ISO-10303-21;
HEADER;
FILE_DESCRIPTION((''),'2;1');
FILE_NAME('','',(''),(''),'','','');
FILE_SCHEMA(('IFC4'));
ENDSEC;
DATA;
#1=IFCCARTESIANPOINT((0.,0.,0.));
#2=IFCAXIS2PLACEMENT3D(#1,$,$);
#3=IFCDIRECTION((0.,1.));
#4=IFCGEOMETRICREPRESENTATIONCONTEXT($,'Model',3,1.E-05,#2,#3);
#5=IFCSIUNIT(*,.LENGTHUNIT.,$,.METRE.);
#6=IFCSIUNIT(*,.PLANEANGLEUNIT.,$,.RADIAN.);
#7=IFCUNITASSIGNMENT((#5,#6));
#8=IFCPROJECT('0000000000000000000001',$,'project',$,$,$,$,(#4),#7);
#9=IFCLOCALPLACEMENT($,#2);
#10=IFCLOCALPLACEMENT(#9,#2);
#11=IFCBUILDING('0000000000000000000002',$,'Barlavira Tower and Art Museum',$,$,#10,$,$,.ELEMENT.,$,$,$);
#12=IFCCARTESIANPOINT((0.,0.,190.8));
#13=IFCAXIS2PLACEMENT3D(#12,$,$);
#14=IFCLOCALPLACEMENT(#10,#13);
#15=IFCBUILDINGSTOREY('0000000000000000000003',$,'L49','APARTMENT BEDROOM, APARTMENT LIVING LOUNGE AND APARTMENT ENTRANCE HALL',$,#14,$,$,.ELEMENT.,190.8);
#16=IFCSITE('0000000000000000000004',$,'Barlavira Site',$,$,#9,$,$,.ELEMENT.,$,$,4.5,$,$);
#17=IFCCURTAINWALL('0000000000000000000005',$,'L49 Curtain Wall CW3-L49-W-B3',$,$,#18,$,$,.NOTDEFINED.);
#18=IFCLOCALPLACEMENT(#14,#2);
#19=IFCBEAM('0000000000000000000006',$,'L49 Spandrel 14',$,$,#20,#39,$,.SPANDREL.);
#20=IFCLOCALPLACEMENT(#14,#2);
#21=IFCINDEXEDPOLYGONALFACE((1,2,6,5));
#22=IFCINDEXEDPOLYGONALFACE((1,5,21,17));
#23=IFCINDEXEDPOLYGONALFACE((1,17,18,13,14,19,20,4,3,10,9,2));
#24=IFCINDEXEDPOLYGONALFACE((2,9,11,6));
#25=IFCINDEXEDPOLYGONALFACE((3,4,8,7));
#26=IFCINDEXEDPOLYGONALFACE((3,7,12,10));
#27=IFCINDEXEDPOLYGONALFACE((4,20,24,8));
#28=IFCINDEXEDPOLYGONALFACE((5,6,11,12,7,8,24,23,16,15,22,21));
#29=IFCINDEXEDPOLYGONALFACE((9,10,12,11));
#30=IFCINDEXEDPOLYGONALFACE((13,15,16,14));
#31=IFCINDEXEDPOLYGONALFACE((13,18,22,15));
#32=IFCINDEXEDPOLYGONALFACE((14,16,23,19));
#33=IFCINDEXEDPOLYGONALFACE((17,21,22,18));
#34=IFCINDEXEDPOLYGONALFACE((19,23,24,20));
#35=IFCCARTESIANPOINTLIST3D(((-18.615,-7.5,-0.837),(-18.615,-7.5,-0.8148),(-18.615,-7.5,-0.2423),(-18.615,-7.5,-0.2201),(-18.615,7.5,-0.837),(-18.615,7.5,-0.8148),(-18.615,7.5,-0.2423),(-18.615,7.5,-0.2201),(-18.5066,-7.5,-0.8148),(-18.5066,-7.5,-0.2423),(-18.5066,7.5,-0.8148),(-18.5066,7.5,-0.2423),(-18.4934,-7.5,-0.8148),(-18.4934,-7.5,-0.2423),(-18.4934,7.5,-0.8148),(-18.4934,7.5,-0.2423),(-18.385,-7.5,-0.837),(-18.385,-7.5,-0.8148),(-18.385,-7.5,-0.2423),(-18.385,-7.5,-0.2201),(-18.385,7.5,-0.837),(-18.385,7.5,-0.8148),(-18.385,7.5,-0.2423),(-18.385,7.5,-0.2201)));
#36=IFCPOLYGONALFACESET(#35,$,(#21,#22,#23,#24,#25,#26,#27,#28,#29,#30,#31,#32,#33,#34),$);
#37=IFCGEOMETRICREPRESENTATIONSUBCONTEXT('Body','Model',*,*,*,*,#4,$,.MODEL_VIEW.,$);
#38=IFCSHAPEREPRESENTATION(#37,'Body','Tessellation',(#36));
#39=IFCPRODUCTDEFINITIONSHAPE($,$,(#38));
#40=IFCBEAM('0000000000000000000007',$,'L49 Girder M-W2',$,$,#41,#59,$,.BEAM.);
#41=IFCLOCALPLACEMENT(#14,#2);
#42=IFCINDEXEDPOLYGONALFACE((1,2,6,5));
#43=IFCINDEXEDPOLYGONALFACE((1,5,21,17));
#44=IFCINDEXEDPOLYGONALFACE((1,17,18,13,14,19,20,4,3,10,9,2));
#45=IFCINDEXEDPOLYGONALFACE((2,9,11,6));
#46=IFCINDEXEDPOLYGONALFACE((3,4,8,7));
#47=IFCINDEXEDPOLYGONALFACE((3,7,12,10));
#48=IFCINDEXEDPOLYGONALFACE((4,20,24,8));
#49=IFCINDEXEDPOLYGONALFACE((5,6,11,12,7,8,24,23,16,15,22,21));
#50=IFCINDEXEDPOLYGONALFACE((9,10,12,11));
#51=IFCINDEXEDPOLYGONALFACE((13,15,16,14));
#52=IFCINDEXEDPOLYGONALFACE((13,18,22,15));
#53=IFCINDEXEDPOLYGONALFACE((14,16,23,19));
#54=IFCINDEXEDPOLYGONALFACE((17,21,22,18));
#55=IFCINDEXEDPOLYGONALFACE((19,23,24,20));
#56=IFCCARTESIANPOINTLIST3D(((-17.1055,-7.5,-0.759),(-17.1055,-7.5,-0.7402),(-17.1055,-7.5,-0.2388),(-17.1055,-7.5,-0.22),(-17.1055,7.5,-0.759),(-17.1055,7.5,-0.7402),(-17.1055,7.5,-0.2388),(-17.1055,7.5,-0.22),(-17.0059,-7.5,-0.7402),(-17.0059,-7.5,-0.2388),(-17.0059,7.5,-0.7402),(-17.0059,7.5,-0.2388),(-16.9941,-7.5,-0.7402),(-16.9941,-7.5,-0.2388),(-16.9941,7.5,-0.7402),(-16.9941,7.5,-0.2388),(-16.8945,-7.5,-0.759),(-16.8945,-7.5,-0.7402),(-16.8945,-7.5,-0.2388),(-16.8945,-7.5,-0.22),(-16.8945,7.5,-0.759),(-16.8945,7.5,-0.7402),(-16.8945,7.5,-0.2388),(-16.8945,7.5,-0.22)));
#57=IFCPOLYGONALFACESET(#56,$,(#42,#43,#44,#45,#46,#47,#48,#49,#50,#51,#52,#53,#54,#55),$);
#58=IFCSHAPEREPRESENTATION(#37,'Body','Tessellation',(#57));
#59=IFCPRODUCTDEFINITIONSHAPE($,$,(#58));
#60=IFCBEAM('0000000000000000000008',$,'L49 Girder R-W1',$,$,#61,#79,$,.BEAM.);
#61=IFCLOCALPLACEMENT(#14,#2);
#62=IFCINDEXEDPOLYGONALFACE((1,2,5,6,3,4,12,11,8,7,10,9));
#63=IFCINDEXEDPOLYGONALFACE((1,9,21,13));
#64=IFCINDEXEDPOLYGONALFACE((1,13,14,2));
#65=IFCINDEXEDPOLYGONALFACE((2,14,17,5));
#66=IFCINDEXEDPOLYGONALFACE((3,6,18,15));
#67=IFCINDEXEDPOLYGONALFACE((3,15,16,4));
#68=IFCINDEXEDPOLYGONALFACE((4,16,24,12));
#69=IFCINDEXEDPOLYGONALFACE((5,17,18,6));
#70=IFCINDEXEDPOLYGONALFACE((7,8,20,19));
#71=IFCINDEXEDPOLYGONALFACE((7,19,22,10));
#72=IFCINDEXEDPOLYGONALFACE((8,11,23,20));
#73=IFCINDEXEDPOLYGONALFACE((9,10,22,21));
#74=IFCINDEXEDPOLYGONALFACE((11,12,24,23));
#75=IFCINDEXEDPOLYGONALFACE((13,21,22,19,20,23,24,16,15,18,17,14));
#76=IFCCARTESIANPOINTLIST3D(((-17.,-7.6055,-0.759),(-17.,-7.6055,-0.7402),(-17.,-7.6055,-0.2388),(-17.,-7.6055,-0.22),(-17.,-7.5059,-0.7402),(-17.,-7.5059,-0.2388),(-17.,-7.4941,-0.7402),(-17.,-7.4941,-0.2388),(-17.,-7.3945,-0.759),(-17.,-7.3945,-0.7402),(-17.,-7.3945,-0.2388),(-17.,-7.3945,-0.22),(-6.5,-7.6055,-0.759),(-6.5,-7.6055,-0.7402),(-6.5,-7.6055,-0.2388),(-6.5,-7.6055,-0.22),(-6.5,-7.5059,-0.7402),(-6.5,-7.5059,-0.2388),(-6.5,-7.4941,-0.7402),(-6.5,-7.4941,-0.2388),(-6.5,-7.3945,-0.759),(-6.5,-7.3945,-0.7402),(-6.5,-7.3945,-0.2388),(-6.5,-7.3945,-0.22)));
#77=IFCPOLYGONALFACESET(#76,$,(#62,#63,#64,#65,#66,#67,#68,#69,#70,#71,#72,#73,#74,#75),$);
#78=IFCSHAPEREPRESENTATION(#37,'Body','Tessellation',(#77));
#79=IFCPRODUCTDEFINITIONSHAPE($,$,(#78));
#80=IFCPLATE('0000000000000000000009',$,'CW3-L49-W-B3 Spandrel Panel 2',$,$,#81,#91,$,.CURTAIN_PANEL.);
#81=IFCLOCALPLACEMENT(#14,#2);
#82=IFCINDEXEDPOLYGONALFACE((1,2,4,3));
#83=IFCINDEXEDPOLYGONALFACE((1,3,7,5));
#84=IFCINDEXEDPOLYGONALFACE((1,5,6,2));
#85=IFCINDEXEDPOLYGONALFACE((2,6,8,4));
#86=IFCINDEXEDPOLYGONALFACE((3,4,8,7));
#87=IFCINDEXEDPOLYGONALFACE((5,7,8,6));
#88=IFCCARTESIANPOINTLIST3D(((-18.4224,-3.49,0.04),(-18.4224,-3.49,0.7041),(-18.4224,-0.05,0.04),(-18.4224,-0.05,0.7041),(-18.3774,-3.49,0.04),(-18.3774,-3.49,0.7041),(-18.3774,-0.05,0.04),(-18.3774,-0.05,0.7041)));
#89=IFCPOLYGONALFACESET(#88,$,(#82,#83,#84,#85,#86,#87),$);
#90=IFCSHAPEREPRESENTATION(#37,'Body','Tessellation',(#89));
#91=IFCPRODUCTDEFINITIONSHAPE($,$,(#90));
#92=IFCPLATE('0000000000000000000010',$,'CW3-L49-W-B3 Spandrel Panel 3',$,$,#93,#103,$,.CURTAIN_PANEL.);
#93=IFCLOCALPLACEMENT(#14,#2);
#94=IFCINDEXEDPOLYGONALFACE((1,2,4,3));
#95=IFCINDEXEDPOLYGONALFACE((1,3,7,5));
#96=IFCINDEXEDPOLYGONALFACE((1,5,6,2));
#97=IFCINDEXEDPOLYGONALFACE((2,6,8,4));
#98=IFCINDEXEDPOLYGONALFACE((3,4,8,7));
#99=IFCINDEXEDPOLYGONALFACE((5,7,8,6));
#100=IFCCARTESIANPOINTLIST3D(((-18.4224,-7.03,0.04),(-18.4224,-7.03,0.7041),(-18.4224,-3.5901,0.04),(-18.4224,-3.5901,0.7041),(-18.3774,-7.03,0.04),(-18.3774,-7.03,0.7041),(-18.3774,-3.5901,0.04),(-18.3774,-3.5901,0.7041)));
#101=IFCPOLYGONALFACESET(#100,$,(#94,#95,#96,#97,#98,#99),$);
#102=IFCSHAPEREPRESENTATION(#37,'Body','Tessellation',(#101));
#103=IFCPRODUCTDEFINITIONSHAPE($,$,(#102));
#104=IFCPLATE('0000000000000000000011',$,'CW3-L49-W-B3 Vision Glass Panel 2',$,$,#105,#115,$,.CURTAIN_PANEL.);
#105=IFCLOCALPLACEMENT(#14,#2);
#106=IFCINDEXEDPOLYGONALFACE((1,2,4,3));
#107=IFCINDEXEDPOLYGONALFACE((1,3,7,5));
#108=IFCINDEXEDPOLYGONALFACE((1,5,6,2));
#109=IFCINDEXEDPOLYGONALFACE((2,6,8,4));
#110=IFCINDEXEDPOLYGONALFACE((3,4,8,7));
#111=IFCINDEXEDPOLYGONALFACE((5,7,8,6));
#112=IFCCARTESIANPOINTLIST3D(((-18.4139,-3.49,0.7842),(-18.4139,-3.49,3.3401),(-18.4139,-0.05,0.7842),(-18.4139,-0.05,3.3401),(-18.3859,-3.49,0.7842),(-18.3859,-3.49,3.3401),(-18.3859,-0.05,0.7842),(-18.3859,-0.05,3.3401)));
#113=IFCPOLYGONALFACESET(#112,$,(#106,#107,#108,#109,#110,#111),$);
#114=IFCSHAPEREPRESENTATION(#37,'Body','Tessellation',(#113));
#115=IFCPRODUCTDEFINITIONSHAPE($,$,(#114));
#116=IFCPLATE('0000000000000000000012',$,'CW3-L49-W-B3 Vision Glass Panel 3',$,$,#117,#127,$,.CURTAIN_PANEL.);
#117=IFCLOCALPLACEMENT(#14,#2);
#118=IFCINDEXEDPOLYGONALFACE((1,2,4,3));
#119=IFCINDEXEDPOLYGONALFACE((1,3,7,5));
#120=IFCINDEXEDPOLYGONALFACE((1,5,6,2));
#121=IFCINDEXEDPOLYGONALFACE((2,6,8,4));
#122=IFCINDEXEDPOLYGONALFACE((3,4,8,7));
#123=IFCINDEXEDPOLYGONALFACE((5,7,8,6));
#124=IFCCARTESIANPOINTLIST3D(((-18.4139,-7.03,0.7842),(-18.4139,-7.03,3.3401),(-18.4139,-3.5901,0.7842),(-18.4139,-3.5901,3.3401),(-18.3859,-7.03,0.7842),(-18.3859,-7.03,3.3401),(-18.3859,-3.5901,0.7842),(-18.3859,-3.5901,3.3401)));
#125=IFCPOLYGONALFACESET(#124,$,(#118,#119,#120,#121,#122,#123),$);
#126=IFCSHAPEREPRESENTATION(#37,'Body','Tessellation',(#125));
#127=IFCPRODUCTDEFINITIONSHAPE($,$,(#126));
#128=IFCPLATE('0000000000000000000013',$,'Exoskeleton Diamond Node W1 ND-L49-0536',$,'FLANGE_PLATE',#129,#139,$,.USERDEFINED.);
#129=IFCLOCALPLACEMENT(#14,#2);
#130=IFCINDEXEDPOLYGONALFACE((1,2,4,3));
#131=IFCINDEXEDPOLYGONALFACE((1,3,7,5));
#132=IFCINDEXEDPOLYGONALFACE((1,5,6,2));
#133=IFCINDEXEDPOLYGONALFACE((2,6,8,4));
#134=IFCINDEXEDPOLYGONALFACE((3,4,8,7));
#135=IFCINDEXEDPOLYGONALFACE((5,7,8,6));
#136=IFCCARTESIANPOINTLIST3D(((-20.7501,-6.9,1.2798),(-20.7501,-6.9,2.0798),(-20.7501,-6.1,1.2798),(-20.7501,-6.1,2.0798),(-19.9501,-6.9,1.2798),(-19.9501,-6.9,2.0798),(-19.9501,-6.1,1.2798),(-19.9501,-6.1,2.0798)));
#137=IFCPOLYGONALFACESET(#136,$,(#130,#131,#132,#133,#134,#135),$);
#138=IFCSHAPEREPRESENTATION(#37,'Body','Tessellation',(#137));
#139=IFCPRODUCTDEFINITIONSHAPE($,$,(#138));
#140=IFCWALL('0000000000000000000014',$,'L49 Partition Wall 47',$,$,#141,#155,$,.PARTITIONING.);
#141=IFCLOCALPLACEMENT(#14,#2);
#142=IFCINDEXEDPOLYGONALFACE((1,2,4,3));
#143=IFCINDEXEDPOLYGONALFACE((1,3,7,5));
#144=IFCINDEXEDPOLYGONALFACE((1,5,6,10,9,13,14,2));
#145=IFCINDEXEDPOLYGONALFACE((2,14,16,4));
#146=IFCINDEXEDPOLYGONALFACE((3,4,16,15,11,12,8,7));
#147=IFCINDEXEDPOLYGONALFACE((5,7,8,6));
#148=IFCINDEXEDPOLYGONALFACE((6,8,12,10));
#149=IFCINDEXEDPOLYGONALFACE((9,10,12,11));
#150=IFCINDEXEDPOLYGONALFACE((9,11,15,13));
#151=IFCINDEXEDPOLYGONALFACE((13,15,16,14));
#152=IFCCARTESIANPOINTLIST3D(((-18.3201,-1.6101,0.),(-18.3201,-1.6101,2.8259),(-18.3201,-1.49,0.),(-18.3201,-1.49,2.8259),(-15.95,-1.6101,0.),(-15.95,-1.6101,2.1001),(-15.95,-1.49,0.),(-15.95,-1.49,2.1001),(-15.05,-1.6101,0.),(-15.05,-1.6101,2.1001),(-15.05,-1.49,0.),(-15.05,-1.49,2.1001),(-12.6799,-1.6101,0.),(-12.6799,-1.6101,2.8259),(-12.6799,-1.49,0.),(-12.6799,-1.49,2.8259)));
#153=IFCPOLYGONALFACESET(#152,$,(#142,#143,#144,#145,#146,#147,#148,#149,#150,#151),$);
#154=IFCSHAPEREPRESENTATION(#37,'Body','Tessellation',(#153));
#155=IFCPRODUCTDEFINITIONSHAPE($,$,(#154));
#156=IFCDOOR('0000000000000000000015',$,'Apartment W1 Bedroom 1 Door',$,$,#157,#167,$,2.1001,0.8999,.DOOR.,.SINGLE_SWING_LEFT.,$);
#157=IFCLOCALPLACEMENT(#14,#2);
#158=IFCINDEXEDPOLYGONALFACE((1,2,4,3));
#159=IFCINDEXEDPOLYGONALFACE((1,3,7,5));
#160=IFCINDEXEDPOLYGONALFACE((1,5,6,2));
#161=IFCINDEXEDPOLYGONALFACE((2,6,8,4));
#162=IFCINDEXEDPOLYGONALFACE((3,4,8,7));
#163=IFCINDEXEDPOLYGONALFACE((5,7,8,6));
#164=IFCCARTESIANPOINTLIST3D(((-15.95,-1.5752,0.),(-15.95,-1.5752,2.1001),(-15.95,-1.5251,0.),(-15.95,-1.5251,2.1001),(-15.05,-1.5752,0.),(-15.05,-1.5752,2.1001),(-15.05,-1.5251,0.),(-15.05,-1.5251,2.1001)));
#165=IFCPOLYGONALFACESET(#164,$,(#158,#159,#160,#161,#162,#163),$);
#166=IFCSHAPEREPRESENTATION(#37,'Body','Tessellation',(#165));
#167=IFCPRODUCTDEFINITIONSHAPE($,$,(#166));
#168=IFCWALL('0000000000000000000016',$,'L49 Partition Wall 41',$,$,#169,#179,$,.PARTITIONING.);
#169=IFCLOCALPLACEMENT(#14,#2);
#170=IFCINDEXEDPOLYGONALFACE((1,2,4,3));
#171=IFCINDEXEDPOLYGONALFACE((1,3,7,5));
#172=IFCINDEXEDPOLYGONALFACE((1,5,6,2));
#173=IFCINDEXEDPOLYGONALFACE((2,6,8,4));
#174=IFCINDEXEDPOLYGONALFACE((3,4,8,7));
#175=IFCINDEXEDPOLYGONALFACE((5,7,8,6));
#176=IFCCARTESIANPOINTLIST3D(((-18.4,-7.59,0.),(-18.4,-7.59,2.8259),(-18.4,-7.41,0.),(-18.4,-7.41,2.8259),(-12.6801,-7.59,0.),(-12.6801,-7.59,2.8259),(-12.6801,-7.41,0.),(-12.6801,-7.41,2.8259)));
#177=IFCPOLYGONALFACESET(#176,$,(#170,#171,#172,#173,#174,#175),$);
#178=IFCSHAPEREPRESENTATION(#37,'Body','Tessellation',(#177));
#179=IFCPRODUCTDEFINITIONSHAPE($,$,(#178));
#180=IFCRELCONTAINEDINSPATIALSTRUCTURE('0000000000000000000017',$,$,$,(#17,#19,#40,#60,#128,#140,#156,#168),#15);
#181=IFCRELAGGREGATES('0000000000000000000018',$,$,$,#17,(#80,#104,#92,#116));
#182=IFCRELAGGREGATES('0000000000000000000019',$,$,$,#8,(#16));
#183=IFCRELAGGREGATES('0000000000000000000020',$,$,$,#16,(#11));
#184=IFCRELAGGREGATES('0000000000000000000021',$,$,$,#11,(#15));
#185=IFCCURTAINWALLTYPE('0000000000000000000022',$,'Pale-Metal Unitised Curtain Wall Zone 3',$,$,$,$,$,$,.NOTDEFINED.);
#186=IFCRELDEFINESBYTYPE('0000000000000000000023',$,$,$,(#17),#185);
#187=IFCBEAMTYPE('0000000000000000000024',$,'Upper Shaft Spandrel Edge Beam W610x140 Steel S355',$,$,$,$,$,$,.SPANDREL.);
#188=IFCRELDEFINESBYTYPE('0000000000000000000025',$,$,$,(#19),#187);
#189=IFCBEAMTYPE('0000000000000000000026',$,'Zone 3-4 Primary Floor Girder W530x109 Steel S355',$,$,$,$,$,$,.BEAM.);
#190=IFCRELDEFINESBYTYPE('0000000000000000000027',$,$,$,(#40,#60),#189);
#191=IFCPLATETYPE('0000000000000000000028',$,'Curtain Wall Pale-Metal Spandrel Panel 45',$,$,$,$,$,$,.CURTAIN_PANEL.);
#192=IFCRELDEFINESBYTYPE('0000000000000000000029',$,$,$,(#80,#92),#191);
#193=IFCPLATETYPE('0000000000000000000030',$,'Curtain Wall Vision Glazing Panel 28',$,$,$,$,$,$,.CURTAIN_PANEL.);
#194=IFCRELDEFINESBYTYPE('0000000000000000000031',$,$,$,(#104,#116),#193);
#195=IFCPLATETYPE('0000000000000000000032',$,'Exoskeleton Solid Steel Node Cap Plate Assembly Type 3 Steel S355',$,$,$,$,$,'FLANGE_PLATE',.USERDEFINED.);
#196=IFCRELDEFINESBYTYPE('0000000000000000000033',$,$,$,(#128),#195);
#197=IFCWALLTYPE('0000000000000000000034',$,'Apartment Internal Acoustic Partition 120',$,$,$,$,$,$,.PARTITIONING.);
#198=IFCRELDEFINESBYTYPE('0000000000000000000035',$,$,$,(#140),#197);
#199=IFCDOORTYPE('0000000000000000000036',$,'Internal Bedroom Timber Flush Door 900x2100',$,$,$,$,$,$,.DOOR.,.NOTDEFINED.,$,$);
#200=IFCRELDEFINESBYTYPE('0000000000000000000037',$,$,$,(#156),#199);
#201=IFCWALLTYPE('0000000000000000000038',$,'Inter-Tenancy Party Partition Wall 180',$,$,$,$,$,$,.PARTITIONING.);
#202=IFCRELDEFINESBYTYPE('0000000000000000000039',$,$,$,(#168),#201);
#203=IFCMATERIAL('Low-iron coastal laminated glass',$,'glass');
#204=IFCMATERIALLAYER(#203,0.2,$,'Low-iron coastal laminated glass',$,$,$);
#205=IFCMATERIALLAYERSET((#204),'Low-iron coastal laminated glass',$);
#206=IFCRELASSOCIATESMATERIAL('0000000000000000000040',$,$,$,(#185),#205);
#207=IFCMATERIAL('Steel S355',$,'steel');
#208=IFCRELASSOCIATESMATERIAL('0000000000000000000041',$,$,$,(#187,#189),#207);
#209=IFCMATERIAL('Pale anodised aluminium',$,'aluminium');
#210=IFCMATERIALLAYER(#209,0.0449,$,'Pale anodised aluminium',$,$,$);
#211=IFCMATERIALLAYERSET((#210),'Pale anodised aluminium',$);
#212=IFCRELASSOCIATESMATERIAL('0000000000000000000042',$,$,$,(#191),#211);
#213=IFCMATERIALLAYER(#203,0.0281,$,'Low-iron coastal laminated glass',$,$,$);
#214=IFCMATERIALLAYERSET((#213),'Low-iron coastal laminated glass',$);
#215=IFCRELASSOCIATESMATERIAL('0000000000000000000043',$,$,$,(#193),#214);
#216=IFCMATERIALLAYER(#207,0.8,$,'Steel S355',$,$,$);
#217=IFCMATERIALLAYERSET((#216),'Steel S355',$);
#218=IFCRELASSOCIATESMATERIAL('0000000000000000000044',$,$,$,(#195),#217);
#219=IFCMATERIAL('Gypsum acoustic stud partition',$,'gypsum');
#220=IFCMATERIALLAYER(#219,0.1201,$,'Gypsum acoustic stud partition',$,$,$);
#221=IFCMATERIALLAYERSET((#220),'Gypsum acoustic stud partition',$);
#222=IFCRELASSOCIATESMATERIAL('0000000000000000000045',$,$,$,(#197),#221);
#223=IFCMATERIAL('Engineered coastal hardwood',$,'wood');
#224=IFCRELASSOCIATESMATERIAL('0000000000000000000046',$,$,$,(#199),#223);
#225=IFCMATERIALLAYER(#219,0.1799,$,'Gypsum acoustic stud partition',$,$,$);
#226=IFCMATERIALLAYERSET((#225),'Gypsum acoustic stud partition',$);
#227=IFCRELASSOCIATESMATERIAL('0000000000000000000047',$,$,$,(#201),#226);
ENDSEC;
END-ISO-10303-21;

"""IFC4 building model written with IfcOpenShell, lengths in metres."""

from ifc_helpers import new_model, si_unit, direction, frame, frame_2d, origin, origin_2d, place, context, subcontext, project, spatial, rectangle, i_section, extrude, material, layer, layer_set, material_profile, profile_set, type_object, element, fill, aggregate, save


model = new_model("IFC4")

# Units and contexts
model_context = context("Model", 3, precision=1e-05, world=origin(), true_north=direction((0.0, 1.0)))
body_context = subcontext(model_context, "Body", "Model", "MODEL_VIEW")
ifc_project = project(units=[si_unit("LENGTHUNIT", "METRE"), si_unit("PLANEANGLEUNIT", "RADIAN")], contexts=[model_context])

# Site, building, storey
site_placement = place(None, origin())
site = spatial("IfcSite", under=ifc_project, at=site_placement, Name="Barlavira Site", CompositionType="ELEMENT", RefElevation=4.5)
building_placement = place(site_placement, origin())
building = spatial("IfcBuilding", under=site, at=building_placement, Name="Barlavira Tower and Art Museum", CompositionType="ELEMENT")
storey_placement = place(building_placement, frame((0.0, 0.0, 190.8)))
storey = spatial("IfcBuildingStorey", under=building, at=storey_placement, Name="L49", Description="APARTMENT BEDROOM, APARTMENT LIVING LOUNGE AND APARTMENT ENTRANCE HALL", CompositionType="ELEMENT", Elevation=190.8)

# Curtain wall
ifc_material_1 = material(Name="Low-iron coastal laminated glass", Category="glass")
ifc_layer_1 = layer(ifc_material_1, 0.2, Name="Low-iron coastal laminated glass")
ifc_layer_set_1 = layer_set([ifc_layer_1], Name="Low-iron coastal laminated glass")
curtain_wall_type = type_object("IfcCurtainWallType", Name="Pale-Metal Unitised Curtain Wall Zone 3", PredefinedType="NOTDEFINED", material=ifc_layer_set_1)
curtain_wall_placement = place(storey_placement, origin())
curtain_wall = element("IfcCurtainWall", 1, at=curtain_wall_placement, inside=storey, type_object=curtain_wall_type, Name="L49 Curtain Wall CW3-L49-W-B3", PredefinedType="NOTDEFINED")
ifc_material_2 = material(Name="Pale anodised aluminium", Category="aluminium")

# Beams
ifc_material_3 = material(Name="Steel S355", Category="steel")
ifc_material_profile_1 = material_profile(ifc_material_3, i_section(OverallWidth=0.23, OverallDepth=0.6169, WebThickness=0.0132, FlangeThickness=0.0222, at=origin_2d()), Name="W610x140.0")
ifc_profile_set_1 = profile_set([ifc_material_profile_1], Name="Steel S355")
beam_type_1 = type_object("IfcBeamType", Name="Upper Shaft Spandrel Edge Beam W610x140 Steel S355", PredefinedType="SPANDREL", material=ifc_profile_set_1)
beam_1_placement = place(storey_placement, frame((-18.5, -7.5, -0.5286), z_axis=(0.0, 1.0, 0.0), x_axis=(-1.0, 0.0, 0.0)))
element("IfcBeam", 2, at=beam_1_placement, inside=storey, type_object=beam_type_1, Name="L49 Spandrel 14", PredefinedType="SPANDREL", context=body_context, shape_type="SweptSolid", body=[
    extrude(i_section(OverallWidth=0.23, OverallDepth=0.6169, WebThickness=0.0132, FlangeThickness=0.0222, at=origin_2d()), origin(), (0.0, 0.0, 1.0), 15.0),
])
ifc_material_profile_2 = material_profile(ifc_material_3, i_section(OverallWidth=0.2109, OverallDepth=0.5391, WebThickness=0.0117, FlangeThickness=0.0188, at=origin_2d()), Name="W530x109.0")
ifc_profile_set_2 = profile_set([ifc_material_profile_2], Name="Steel S355")
beam_type_2 = type_object("IfcBeamType", Name="Zone 3-4 Primary Floor Girder W530x109 Steel S355", PredefinedType="BEAM", material=ifc_profile_set_2)
beam_2_placement = place(storey_placement, frame((-17.0, -7.5, -0.4895), z_axis=(0.0, 1.0, 0.0), x_axis=(-1.0, 0.0, 0.0)))
element("IfcBeam", 3, at=beam_2_placement, inside=storey, type_object=beam_type_2, Name="L49 Girder M-W2", PredefinedType="BEAM", context=body_context, shape_type="SweptSolid", body=[
    extrude(i_section(OverallWidth=0.2109, OverallDepth=0.5391, WebThickness=0.0117, FlangeThickness=0.0188, at=origin_2d()), origin(), (0.0, 0.0, 1.0), 15.0),
])
beam_3_placement = place(storey_placement, frame((-17.0, -7.5, -0.4895), z_axis=(1.0, 0.0, 0.0), x_axis=(0.0, 1.0, 0.0)))
element("IfcBeam", 4, at=beam_3_placement, inside=storey, type_object=beam_type_2, Name="L49 Girder R-W1", PredefinedType="BEAM", context=body_context, shape_type="SweptSolid", body=[
    extrude(i_section(OverallWidth=0.2109, OverallDepth=0.5391, WebThickness=0.0117, FlangeThickness=0.0188, at=origin_2d()), origin(), (0.0, 0.0, 1.0), 10.5),
])

# Plates
ifc_layer_2 = layer(ifc_material_2, 0.0449, Name="Pale anodised aluminium")
ifc_layer_set_2 = layer_set([ifc_layer_2], Name="Pale anodised aluminium")
plate_type_1 = type_object("IfcPlateType", Name="Curtain Wall Pale-Metal Spandrel Panel 45", PredefinedType="CURTAIN_PANEL", material=ifc_layer_set_2)
plate_1_placement = place(storey_placement, frame((-18.3999, -1.77, 0.04), z_axis=(0.0, 0.0, 1.0), x_axis=(0.0, -1.0, 0.0)))
plate_1 = element("IfcPlate", 5, at=plate_1_placement, type_object=plate_type_1, Name="CW3-L49-W-B3 Spandrel Panel 2", PredefinedType="CURTAIN_PANEL", context=body_context, shape_type="SweptSolid", body=[
    extrude(rectangle(XDim=3.4399, YDim=0.0449, at=origin_2d()), origin(), (0.0, 0.0, 1.0), 0.6641),
])
plate_2_placement = place(storey_placement, frame((-18.3999, -5.3101, 0.04), z_axis=(0.0, 0.0, 1.0), x_axis=(0.0, -1.0, 0.0)))
plate_2 = element("IfcPlate", 6, at=plate_2_placement, type_object=plate_type_1, Name="CW3-L49-W-B3 Spandrel Panel 3", PredefinedType="CURTAIN_PANEL", context=body_context, shape_type="SweptSolid", body=[
    extrude(rectangle(XDim=3.4399, YDim=0.0449, at=origin_2d()), origin(), (0.0, 0.0, 1.0), 0.6641),
])
ifc_layer_3 = layer(ifc_material_1, 0.0281, Name="Low-iron coastal laminated glass")
ifc_layer_set_3 = layer_set([ifc_layer_3], Name="Low-iron coastal laminated glass")
plate_type_2 = type_object("IfcPlateType", Name="Curtain Wall Vision Glazing Panel 28", PredefinedType="CURTAIN_PANEL", material=ifc_layer_set_3)
plate_3_placement = place(storey_placement, frame((-18.3999, -1.77, 0.7842), z_axis=(0.0, 0.0, 1.0), x_axis=(0.0, -1.0, 0.0)))
plate_3 = element("IfcPlate", 7, at=plate_3_placement, type_object=plate_type_2, Name="CW3-L49-W-B3 Vision Glass Panel 2", PredefinedType="CURTAIN_PANEL", context=body_context, shape_type="SweptSolid", body=[
    extrude(rectangle(XDim=3.4399, YDim=0.0281, at=origin_2d()), origin(), (0.0, 0.0, 1.0), 2.5559),
])
plate_4_placement = place(storey_placement, frame((-18.3999, -5.3101, 0.7842), z_axis=(0.0, 0.0, 1.0), x_axis=(0.0, -1.0, 0.0)))
plate_4 = element("IfcPlate", 8, at=plate_4_placement, type_object=plate_type_2, Name="CW3-L49-W-B3 Vision Glass Panel 3", PredefinedType="CURTAIN_PANEL", context=body_context, shape_type="SweptSolid", body=[
    extrude(rectangle(XDim=3.4399, YDim=0.0281, at=origin_2d()), origin(), (0.0, 0.0, 1.0), 2.5559),
])
aggregate(curtain_wall, [plate_1, plate_3, plate_2, plate_4])
ifc_layer_4 = layer(ifc_material_3, 0.8, Name="Steel S355")
ifc_layer_set_4 = layer_set([ifc_layer_4], Name="Steel S355")
plate_type_3 = type_object("IfcPlateType", Name="Exoskeleton Solid Steel Node Cap Plate Assembly Type 3 Steel S355", ElementType="FLANGE_PLATE", PredefinedType="USERDEFINED", material=ifc_layer_set_4)
plate_5_placement = place(storey_placement, frame((-20.3501, -6.5, 1.2798), z_axis=(0.0, 0.0, 1.0), x_axis=(1.0, 0.0, 0.0)))
element("IfcPlate", 9, at=plate_5_placement, inside=storey, type_object=plate_type_3, Name="Exoskeleton Diamond Node W1 ND-L49-0536", ObjectType="FLANGE_PLATE", PredefinedType="USERDEFINED", context=body_context, shape_type="SweptSolid", body=[
    extrude(rectangle(XDim=0.8, YDim=0.8, at=origin_2d()), origin(), (0.0, 0.0, 1.0), 0.8),
])

# Wall, opening, door
ifc_material_4 = material(Name="Gypsum acoustic stud partition", Category="gypsum")
ifc_layer_5 = layer(ifc_material_4, 0.1201, Name="Gypsum acoustic stud partition")
ifc_layer_set_5 = layer_set([ifc_layer_5], Name="Gypsum acoustic stud partition")
wall_type_1 = type_object("IfcWallType", Name="Apartment Internal Acoustic Partition 120", PredefinedType="PARTITIONING", material=ifc_layer_set_5)
wall_1_placement = place(storey_placement, frame((-18.3201, -1.55, 0.0), z_axis=(0.0, 0.0, 1.0), x_axis=(1.0, 0.0, 0.0)))
wall_1 = element("IfcWall", 10, at=wall_1_placement, inside=storey, type_object=wall_type_1, Name="L49 Partition Wall 47", PredefinedType="PARTITIONING", context=body_context, shape_type="SweptSolid", body=[
    extrude(rectangle(XDim=5.6401, YDim=0.1201, at=frame_2d((2.8201, 0.0))), origin(), (0.0, 0.0, 1.0), 2.8259),
])
opening_1_placement = place(wall_1_placement, frame((2.3701, 0.0, 0.0)))
opening_1 = element("IfcOpeningElement", 11, at=opening_1_placement, cuts=wall_1, PredefinedType="OPENING", context=body_context, shape_type="SweptSolid", body=[
    extrude(rectangle(XDim=0.8999, YDim=2.1001, at=frame_2d((0.45, 1.05))), frame((0.0, 0.0701, 0.0), z_axis=(0.0, -1.0, 0.0), x_axis=(1.0, 0.0, 0.0)), (0.0, 0.0, 1.0), 0.1401),
])
ifc_material_5 = material(Name="Engineered coastal hardwood", Category="wood")
door_type_1 = type_object("IfcDoorType", Name="Internal Bedroom Timber Flush Door 900x2100", OperationType="NOTDEFINED", PredefinedType="DOOR", material=ifc_material_5)
door_1_placement = place(opening_1_placement, origin())
door_1 = element("IfcDoor", 12, at=door_1_placement, inside=storey, type_object=door_type_1, Name="Apartment W1 Bedroom 1 Door", OperationType="SINGLE_SWING_LEFT", OverallHeight=2.1001, OverallWidth=0.8999, PredefinedType="DOOR", context=body_context, shape_type="SweptSolid", body=[
    extrude(rectangle(XDim=0.8999, YDim=2.1001, at=frame_2d((0.45, 1.05))), frame((0.0, 0.0249, 0.0), z_axis=(0.0, -1.0, 0.0), x_axis=(1.0, 0.0, 0.0)), (0.0, 0.0, 1.0), 0.05),
])
fill(opening_1, door_1)

# Wall
ifc_layer_6 = layer(ifc_material_4, 0.1799, Name="Gypsum acoustic stud partition")
ifc_layer_set_6 = layer_set([ifc_layer_6], Name="Gypsum acoustic stud partition")
wall_type_2 = type_object("IfcWallType", Name="Inter-Tenancy Party Partition Wall 180", PredefinedType="PARTITIONING", material=ifc_layer_set_6)
wall_2_placement = place(storey_placement, frame((-18.3999, -7.5, 0.0), z_axis=(0.0, 0.0, 1.0), x_axis=(1.0, 0.0, 0.0)))
element("IfcWall", 13, at=wall_2_placement, inside=storey, type_object=wall_type_2, Name="L49 Partition Wall 41", PredefinedType="PARTITIONING", context=body_context, shape_type="SweptSolid", body=[
    extrude(rectangle(XDim=5.72, YDim=0.1799, at=frame_2d((2.8599, 0.0))), origin(), (0.0, 0.0, 1.0), 2.8259),
])

save(model, "model.ifc")
